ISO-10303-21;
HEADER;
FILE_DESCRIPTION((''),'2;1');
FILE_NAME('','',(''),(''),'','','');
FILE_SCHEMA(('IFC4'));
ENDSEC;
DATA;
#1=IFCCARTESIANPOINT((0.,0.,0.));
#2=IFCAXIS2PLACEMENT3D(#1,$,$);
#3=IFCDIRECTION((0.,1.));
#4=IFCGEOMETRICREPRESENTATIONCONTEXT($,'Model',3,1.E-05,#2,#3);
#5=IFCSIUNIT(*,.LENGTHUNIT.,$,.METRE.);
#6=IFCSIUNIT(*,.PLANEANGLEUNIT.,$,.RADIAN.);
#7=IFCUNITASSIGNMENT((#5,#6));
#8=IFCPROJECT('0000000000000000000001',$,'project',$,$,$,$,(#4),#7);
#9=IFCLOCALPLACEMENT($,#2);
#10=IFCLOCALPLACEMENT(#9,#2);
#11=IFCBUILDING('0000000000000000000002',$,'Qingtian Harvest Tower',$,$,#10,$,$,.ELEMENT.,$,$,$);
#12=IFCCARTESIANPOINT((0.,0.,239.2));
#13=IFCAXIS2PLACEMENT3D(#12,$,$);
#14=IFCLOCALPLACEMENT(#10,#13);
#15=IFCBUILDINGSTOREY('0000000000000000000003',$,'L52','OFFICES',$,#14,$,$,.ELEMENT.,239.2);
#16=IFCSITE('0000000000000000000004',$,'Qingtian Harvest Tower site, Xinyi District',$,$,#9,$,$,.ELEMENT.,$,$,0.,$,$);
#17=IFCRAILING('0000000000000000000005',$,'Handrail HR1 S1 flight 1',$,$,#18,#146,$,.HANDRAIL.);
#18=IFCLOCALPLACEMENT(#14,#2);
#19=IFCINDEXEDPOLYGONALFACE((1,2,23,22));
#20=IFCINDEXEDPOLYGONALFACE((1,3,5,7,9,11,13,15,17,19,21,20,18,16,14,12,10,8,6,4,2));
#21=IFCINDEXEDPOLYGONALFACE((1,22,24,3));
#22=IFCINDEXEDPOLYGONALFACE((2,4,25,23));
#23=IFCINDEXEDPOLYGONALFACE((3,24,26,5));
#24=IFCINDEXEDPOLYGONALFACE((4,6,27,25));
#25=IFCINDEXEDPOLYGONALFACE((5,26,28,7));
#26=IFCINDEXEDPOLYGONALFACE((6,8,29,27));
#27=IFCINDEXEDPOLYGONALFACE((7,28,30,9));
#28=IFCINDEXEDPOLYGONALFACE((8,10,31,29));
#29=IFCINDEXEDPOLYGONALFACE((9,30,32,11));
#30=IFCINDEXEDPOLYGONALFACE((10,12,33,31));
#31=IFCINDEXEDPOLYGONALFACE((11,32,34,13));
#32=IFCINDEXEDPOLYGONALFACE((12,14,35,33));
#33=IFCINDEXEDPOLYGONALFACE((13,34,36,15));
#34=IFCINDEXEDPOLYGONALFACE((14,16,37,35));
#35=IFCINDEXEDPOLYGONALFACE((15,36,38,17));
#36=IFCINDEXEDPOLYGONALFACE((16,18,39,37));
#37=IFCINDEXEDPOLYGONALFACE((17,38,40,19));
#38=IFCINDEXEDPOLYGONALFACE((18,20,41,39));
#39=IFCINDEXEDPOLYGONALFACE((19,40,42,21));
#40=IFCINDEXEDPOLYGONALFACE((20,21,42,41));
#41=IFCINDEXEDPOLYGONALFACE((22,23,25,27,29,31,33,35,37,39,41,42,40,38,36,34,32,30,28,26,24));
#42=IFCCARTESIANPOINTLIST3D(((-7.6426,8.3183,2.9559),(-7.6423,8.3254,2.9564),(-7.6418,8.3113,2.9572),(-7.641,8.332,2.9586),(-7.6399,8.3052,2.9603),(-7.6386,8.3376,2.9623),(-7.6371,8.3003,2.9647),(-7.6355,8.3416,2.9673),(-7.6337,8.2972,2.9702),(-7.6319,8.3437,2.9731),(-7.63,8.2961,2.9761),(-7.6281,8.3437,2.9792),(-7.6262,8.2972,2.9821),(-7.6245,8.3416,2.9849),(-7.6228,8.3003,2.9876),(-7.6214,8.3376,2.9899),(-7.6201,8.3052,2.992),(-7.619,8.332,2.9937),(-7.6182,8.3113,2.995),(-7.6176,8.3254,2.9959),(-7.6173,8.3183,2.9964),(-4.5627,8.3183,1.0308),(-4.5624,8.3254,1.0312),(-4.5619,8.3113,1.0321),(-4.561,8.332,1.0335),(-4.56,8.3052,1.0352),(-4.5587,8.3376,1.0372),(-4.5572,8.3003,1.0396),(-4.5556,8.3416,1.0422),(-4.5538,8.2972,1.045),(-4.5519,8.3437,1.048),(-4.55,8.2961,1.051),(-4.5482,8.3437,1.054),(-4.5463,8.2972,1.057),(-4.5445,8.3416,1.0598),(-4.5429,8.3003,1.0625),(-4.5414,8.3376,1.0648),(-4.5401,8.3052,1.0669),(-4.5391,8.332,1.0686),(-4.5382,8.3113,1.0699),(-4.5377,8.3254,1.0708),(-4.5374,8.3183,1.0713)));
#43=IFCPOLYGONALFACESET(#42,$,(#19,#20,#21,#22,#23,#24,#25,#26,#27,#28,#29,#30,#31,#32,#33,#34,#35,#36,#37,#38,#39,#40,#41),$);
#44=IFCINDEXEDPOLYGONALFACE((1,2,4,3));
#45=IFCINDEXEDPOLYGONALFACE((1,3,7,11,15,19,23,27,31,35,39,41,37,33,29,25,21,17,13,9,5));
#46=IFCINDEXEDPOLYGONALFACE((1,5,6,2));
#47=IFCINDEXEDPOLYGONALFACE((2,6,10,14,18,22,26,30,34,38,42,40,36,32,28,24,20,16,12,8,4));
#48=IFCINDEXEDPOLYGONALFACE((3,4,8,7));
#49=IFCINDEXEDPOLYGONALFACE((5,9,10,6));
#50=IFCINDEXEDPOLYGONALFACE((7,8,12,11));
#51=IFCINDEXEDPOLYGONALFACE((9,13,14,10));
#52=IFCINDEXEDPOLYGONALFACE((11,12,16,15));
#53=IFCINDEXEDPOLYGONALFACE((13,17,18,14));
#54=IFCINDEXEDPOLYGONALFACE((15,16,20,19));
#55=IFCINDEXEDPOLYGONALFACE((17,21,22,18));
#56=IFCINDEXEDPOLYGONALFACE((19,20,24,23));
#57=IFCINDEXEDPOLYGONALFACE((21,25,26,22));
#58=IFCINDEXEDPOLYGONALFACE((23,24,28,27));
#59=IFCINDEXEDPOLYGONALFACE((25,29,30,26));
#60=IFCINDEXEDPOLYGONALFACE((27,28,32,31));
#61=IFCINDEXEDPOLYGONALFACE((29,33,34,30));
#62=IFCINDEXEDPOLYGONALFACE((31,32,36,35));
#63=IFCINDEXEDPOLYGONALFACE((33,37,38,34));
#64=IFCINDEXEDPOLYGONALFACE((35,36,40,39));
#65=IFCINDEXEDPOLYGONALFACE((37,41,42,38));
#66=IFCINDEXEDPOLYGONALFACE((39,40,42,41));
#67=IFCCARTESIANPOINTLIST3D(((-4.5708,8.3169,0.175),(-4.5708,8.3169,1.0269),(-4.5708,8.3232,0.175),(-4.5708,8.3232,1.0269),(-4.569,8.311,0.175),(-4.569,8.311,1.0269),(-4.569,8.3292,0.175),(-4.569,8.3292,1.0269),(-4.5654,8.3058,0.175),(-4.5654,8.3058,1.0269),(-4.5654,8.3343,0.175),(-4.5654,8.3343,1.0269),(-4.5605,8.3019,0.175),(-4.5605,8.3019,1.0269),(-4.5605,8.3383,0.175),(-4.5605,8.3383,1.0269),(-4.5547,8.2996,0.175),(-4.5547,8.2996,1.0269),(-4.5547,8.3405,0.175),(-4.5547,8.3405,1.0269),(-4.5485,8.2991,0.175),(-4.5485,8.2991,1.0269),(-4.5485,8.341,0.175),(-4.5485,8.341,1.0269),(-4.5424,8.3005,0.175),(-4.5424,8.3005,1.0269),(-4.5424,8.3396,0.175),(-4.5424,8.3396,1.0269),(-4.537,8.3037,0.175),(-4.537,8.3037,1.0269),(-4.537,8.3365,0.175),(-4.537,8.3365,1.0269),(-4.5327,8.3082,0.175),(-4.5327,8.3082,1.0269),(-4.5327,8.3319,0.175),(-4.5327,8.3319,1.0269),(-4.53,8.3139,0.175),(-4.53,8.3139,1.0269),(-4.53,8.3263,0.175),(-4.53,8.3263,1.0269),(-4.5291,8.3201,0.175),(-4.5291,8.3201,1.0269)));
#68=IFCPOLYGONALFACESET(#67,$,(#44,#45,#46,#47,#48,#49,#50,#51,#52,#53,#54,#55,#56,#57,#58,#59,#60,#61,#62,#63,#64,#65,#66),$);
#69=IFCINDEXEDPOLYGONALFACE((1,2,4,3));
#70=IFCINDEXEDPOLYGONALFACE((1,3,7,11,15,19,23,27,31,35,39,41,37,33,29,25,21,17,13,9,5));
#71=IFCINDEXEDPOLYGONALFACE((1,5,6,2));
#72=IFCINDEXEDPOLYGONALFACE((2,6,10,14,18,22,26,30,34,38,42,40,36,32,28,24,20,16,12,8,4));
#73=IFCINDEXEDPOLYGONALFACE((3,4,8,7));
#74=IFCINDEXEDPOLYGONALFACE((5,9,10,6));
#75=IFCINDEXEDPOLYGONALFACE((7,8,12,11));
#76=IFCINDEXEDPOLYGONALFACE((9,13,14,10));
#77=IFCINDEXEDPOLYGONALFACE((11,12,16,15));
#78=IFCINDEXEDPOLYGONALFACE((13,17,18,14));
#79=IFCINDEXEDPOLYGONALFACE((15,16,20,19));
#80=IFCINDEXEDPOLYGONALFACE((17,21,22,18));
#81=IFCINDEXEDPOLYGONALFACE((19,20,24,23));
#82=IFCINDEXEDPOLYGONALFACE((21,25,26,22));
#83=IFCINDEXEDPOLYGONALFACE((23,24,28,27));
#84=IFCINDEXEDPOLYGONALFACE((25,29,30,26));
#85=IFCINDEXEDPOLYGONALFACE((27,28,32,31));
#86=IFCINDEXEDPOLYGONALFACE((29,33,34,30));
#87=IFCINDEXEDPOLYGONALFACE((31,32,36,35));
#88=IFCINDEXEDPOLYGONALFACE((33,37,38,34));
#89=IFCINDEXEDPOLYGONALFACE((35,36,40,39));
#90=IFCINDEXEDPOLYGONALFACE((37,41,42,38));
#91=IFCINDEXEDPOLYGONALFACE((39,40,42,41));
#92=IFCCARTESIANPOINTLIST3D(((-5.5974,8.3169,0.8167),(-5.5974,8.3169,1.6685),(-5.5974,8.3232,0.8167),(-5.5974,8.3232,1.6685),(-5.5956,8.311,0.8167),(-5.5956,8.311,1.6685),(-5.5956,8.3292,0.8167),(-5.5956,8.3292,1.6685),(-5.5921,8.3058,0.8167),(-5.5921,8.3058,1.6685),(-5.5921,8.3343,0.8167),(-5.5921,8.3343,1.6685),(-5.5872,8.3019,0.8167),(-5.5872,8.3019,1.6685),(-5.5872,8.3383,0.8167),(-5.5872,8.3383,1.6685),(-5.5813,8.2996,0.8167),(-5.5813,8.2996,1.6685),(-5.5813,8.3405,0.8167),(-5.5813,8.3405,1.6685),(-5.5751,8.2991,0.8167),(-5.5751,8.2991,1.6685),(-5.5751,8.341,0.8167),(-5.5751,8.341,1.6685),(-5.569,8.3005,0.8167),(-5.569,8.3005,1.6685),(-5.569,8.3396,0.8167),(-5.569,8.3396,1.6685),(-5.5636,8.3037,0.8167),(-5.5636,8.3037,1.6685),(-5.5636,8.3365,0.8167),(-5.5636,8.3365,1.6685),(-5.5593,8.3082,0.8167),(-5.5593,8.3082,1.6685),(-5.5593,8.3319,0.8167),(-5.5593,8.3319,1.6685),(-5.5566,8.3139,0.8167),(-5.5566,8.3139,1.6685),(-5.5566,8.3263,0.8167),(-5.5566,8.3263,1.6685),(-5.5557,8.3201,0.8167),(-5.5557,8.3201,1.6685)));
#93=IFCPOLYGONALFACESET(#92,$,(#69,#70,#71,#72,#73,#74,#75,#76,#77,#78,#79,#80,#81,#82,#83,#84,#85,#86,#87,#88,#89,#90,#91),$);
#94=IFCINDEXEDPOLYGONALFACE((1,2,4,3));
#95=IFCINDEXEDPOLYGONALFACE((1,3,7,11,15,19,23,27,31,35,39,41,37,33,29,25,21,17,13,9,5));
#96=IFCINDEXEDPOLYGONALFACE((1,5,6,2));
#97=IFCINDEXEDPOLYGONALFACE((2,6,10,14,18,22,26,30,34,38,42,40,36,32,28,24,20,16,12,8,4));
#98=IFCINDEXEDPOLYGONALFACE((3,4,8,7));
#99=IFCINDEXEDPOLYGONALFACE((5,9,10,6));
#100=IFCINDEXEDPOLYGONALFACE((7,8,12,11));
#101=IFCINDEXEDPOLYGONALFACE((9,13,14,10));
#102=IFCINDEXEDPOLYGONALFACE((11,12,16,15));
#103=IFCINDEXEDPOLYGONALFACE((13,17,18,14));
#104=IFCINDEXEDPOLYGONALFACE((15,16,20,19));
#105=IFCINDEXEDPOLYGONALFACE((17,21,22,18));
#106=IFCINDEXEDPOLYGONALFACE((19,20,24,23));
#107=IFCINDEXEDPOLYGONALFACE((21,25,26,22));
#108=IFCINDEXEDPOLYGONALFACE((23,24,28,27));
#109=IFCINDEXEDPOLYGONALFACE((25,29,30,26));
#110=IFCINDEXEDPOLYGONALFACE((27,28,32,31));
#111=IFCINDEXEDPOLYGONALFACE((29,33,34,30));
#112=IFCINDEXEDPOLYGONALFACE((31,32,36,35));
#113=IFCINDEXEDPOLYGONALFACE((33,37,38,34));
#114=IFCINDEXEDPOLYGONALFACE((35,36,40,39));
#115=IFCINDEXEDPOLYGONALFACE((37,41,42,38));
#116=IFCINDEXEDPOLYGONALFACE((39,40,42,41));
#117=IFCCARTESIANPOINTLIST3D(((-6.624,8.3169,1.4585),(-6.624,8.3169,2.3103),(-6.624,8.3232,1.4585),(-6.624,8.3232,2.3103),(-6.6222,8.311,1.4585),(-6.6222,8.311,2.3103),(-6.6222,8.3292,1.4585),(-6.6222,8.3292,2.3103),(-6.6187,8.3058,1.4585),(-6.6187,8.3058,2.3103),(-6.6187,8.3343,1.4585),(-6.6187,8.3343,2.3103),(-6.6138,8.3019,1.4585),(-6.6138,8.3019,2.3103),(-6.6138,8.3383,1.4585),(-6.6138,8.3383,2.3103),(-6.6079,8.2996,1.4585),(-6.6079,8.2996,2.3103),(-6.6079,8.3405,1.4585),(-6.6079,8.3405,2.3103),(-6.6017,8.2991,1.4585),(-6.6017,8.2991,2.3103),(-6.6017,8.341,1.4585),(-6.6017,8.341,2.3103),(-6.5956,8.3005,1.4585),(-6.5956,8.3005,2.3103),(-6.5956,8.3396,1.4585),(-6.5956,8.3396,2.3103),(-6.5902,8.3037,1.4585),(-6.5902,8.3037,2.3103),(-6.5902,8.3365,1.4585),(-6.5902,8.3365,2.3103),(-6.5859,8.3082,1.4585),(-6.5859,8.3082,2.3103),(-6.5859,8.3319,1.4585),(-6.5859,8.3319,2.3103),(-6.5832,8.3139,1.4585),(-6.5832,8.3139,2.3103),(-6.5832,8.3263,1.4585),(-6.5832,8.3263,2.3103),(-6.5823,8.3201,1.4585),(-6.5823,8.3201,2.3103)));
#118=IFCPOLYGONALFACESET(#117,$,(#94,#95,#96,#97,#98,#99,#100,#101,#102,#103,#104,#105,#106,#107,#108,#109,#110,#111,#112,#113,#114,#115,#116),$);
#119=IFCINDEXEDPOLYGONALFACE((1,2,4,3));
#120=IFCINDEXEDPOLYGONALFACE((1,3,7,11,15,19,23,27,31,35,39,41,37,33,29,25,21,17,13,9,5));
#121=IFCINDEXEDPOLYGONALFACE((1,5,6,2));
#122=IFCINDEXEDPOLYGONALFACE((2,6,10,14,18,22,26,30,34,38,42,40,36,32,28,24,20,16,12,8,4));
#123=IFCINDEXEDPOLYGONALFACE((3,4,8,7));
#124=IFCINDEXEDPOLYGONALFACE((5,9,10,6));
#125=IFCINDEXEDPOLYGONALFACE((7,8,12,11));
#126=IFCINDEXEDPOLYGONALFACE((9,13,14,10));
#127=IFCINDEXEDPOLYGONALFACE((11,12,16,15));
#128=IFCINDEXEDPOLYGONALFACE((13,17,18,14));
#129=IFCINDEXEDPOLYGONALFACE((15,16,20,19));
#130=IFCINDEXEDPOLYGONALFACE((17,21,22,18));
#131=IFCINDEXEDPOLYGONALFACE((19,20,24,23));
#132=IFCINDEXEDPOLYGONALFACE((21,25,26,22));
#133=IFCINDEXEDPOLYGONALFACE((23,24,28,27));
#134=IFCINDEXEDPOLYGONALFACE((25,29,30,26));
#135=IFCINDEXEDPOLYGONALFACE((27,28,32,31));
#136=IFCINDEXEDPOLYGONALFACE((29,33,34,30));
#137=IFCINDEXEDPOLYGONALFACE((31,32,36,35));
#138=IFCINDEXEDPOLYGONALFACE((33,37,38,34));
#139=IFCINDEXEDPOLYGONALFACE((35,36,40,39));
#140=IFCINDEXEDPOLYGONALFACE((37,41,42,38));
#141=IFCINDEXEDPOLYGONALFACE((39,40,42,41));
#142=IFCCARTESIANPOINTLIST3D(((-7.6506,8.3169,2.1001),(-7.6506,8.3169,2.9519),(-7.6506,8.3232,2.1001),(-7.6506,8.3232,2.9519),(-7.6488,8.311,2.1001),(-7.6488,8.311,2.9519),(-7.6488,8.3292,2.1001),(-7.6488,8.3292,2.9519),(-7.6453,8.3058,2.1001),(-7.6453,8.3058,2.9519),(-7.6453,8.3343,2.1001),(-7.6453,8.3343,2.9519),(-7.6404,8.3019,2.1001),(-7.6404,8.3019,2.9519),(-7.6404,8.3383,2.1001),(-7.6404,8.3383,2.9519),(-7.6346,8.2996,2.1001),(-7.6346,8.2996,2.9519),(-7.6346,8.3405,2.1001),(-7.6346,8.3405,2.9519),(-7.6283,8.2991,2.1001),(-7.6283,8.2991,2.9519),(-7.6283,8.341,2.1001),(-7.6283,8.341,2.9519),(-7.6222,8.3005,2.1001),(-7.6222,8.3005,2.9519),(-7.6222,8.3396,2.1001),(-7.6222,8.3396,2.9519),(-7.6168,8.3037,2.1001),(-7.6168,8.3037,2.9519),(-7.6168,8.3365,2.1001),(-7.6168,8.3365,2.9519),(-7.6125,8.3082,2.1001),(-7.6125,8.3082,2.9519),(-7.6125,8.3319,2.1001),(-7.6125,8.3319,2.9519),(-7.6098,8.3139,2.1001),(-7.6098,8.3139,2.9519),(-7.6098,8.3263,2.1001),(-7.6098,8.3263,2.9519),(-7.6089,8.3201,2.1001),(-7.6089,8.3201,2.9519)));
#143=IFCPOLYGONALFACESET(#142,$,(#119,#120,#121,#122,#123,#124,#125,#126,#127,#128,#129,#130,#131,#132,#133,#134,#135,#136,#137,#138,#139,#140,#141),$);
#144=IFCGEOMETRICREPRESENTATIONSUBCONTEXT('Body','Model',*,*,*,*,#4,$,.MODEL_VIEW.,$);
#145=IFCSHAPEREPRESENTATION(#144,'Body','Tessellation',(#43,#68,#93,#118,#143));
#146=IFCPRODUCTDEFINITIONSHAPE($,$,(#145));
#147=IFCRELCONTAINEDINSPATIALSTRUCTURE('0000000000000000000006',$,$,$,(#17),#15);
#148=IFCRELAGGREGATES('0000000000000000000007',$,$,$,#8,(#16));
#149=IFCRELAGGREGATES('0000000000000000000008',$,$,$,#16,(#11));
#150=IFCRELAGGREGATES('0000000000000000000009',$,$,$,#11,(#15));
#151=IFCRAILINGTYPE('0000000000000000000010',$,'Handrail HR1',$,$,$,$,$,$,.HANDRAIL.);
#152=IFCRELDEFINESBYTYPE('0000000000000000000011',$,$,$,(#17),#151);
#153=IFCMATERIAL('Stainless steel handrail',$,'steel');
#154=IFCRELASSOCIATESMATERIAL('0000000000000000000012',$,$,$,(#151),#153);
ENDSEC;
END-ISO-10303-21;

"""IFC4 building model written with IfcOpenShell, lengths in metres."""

from ifc_helpers import new_model, si_unit, direction, frame, origin, origin_2d, place, context, subcontext, project, spatial, circle, extrude, material, type_object, element, save


model = new_model("IFC4")

# Units and contexts
model_context = context("Model", 3, precision=1e-05, world=origin(), true_north=direction((0.0, 1.0)))
body_context = subcontext(model_context, "Body", "Model", "MODEL_VIEW")
ifc_project = project(units=[si_unit("LENGTHUNIT", "METRE"), si_unit("PLANEANGLEUNIT", "RADIAN")], contexts=[model_context])

# Site, building, storey
site_placement = place(None, origin())
site = spatial("IfcSite", under=ifc_project, at=site_placement, Name="Qingtian Harvest Tower site, Xinyi District", CompositionType="ELEMENT", RefElevation=0.0)
building_placement = place(site_placement, origin())
building = spatial("IfcBuilding", under=site, at=building_placement, Name="Qingtian Harvest Tower", CompositionType="ELEMENT")
storey_placement = place(building_placement, frame((0.0, 0.0, 239.2)))
storey = spatial("IfcBuildingStorey", under=building, at=storey_placement, Name="L52", Description="OFFICES", CompositionType="ELEMENT", Elevation=239.2)

# Railing
ifc_material_1 = material(Name="Stainless steel handrail", Category="steel")
railing_type = type_object("IfcRailingType", Name="Handrail HR1", PredefinedType="HANDRAIL", material=ifc_material_1)
railing_1_placement = place(storey_placement, frame((-4.55, 8.3201, 0.175)))
element("IfcRailing", 1, at=railing_1_placement, inside=storey, type_object=railing_type, Name="Handrail HR1 S1 flight 1", PredefinedType="HANDRAIL", context=body_context, shape_type="SweptSolid", body=[
    extrude(circle(Radius=0.0239, at=origin_2d()), frame((0.0, 0.0, 0.876), z_axis=(-0.847979, 0.0, 0.530029), x_axis=(0.0, -1.0, 0.0)), (0.0, 0.0, 1.0), 3.6321),
    extrude(circle(Radius=0.021, at=origin_2d()), origin(), (0.0, 0.0, 1.0), 0.8518),
    extrude(circle(Radius=0.021, at=origin_2d()), frame((-1.0266, 0.0, 0.6416)), (0.0, 0.0, 1.0), 0.8518),
    extrude(circle(Radius=0.021, at=origin_2d()), frame((-2.0532, 0.0, 1.2834)), (0.0, 0.0, 1.0), 0.8518),
    extrude(circle(Radius=0.021, at=origin_2d()), frame((-3.0798, 0.0, 1.925)), (0.0, 0.0, 1.0), 0.8518),
])

save(model, "model.ifc")
